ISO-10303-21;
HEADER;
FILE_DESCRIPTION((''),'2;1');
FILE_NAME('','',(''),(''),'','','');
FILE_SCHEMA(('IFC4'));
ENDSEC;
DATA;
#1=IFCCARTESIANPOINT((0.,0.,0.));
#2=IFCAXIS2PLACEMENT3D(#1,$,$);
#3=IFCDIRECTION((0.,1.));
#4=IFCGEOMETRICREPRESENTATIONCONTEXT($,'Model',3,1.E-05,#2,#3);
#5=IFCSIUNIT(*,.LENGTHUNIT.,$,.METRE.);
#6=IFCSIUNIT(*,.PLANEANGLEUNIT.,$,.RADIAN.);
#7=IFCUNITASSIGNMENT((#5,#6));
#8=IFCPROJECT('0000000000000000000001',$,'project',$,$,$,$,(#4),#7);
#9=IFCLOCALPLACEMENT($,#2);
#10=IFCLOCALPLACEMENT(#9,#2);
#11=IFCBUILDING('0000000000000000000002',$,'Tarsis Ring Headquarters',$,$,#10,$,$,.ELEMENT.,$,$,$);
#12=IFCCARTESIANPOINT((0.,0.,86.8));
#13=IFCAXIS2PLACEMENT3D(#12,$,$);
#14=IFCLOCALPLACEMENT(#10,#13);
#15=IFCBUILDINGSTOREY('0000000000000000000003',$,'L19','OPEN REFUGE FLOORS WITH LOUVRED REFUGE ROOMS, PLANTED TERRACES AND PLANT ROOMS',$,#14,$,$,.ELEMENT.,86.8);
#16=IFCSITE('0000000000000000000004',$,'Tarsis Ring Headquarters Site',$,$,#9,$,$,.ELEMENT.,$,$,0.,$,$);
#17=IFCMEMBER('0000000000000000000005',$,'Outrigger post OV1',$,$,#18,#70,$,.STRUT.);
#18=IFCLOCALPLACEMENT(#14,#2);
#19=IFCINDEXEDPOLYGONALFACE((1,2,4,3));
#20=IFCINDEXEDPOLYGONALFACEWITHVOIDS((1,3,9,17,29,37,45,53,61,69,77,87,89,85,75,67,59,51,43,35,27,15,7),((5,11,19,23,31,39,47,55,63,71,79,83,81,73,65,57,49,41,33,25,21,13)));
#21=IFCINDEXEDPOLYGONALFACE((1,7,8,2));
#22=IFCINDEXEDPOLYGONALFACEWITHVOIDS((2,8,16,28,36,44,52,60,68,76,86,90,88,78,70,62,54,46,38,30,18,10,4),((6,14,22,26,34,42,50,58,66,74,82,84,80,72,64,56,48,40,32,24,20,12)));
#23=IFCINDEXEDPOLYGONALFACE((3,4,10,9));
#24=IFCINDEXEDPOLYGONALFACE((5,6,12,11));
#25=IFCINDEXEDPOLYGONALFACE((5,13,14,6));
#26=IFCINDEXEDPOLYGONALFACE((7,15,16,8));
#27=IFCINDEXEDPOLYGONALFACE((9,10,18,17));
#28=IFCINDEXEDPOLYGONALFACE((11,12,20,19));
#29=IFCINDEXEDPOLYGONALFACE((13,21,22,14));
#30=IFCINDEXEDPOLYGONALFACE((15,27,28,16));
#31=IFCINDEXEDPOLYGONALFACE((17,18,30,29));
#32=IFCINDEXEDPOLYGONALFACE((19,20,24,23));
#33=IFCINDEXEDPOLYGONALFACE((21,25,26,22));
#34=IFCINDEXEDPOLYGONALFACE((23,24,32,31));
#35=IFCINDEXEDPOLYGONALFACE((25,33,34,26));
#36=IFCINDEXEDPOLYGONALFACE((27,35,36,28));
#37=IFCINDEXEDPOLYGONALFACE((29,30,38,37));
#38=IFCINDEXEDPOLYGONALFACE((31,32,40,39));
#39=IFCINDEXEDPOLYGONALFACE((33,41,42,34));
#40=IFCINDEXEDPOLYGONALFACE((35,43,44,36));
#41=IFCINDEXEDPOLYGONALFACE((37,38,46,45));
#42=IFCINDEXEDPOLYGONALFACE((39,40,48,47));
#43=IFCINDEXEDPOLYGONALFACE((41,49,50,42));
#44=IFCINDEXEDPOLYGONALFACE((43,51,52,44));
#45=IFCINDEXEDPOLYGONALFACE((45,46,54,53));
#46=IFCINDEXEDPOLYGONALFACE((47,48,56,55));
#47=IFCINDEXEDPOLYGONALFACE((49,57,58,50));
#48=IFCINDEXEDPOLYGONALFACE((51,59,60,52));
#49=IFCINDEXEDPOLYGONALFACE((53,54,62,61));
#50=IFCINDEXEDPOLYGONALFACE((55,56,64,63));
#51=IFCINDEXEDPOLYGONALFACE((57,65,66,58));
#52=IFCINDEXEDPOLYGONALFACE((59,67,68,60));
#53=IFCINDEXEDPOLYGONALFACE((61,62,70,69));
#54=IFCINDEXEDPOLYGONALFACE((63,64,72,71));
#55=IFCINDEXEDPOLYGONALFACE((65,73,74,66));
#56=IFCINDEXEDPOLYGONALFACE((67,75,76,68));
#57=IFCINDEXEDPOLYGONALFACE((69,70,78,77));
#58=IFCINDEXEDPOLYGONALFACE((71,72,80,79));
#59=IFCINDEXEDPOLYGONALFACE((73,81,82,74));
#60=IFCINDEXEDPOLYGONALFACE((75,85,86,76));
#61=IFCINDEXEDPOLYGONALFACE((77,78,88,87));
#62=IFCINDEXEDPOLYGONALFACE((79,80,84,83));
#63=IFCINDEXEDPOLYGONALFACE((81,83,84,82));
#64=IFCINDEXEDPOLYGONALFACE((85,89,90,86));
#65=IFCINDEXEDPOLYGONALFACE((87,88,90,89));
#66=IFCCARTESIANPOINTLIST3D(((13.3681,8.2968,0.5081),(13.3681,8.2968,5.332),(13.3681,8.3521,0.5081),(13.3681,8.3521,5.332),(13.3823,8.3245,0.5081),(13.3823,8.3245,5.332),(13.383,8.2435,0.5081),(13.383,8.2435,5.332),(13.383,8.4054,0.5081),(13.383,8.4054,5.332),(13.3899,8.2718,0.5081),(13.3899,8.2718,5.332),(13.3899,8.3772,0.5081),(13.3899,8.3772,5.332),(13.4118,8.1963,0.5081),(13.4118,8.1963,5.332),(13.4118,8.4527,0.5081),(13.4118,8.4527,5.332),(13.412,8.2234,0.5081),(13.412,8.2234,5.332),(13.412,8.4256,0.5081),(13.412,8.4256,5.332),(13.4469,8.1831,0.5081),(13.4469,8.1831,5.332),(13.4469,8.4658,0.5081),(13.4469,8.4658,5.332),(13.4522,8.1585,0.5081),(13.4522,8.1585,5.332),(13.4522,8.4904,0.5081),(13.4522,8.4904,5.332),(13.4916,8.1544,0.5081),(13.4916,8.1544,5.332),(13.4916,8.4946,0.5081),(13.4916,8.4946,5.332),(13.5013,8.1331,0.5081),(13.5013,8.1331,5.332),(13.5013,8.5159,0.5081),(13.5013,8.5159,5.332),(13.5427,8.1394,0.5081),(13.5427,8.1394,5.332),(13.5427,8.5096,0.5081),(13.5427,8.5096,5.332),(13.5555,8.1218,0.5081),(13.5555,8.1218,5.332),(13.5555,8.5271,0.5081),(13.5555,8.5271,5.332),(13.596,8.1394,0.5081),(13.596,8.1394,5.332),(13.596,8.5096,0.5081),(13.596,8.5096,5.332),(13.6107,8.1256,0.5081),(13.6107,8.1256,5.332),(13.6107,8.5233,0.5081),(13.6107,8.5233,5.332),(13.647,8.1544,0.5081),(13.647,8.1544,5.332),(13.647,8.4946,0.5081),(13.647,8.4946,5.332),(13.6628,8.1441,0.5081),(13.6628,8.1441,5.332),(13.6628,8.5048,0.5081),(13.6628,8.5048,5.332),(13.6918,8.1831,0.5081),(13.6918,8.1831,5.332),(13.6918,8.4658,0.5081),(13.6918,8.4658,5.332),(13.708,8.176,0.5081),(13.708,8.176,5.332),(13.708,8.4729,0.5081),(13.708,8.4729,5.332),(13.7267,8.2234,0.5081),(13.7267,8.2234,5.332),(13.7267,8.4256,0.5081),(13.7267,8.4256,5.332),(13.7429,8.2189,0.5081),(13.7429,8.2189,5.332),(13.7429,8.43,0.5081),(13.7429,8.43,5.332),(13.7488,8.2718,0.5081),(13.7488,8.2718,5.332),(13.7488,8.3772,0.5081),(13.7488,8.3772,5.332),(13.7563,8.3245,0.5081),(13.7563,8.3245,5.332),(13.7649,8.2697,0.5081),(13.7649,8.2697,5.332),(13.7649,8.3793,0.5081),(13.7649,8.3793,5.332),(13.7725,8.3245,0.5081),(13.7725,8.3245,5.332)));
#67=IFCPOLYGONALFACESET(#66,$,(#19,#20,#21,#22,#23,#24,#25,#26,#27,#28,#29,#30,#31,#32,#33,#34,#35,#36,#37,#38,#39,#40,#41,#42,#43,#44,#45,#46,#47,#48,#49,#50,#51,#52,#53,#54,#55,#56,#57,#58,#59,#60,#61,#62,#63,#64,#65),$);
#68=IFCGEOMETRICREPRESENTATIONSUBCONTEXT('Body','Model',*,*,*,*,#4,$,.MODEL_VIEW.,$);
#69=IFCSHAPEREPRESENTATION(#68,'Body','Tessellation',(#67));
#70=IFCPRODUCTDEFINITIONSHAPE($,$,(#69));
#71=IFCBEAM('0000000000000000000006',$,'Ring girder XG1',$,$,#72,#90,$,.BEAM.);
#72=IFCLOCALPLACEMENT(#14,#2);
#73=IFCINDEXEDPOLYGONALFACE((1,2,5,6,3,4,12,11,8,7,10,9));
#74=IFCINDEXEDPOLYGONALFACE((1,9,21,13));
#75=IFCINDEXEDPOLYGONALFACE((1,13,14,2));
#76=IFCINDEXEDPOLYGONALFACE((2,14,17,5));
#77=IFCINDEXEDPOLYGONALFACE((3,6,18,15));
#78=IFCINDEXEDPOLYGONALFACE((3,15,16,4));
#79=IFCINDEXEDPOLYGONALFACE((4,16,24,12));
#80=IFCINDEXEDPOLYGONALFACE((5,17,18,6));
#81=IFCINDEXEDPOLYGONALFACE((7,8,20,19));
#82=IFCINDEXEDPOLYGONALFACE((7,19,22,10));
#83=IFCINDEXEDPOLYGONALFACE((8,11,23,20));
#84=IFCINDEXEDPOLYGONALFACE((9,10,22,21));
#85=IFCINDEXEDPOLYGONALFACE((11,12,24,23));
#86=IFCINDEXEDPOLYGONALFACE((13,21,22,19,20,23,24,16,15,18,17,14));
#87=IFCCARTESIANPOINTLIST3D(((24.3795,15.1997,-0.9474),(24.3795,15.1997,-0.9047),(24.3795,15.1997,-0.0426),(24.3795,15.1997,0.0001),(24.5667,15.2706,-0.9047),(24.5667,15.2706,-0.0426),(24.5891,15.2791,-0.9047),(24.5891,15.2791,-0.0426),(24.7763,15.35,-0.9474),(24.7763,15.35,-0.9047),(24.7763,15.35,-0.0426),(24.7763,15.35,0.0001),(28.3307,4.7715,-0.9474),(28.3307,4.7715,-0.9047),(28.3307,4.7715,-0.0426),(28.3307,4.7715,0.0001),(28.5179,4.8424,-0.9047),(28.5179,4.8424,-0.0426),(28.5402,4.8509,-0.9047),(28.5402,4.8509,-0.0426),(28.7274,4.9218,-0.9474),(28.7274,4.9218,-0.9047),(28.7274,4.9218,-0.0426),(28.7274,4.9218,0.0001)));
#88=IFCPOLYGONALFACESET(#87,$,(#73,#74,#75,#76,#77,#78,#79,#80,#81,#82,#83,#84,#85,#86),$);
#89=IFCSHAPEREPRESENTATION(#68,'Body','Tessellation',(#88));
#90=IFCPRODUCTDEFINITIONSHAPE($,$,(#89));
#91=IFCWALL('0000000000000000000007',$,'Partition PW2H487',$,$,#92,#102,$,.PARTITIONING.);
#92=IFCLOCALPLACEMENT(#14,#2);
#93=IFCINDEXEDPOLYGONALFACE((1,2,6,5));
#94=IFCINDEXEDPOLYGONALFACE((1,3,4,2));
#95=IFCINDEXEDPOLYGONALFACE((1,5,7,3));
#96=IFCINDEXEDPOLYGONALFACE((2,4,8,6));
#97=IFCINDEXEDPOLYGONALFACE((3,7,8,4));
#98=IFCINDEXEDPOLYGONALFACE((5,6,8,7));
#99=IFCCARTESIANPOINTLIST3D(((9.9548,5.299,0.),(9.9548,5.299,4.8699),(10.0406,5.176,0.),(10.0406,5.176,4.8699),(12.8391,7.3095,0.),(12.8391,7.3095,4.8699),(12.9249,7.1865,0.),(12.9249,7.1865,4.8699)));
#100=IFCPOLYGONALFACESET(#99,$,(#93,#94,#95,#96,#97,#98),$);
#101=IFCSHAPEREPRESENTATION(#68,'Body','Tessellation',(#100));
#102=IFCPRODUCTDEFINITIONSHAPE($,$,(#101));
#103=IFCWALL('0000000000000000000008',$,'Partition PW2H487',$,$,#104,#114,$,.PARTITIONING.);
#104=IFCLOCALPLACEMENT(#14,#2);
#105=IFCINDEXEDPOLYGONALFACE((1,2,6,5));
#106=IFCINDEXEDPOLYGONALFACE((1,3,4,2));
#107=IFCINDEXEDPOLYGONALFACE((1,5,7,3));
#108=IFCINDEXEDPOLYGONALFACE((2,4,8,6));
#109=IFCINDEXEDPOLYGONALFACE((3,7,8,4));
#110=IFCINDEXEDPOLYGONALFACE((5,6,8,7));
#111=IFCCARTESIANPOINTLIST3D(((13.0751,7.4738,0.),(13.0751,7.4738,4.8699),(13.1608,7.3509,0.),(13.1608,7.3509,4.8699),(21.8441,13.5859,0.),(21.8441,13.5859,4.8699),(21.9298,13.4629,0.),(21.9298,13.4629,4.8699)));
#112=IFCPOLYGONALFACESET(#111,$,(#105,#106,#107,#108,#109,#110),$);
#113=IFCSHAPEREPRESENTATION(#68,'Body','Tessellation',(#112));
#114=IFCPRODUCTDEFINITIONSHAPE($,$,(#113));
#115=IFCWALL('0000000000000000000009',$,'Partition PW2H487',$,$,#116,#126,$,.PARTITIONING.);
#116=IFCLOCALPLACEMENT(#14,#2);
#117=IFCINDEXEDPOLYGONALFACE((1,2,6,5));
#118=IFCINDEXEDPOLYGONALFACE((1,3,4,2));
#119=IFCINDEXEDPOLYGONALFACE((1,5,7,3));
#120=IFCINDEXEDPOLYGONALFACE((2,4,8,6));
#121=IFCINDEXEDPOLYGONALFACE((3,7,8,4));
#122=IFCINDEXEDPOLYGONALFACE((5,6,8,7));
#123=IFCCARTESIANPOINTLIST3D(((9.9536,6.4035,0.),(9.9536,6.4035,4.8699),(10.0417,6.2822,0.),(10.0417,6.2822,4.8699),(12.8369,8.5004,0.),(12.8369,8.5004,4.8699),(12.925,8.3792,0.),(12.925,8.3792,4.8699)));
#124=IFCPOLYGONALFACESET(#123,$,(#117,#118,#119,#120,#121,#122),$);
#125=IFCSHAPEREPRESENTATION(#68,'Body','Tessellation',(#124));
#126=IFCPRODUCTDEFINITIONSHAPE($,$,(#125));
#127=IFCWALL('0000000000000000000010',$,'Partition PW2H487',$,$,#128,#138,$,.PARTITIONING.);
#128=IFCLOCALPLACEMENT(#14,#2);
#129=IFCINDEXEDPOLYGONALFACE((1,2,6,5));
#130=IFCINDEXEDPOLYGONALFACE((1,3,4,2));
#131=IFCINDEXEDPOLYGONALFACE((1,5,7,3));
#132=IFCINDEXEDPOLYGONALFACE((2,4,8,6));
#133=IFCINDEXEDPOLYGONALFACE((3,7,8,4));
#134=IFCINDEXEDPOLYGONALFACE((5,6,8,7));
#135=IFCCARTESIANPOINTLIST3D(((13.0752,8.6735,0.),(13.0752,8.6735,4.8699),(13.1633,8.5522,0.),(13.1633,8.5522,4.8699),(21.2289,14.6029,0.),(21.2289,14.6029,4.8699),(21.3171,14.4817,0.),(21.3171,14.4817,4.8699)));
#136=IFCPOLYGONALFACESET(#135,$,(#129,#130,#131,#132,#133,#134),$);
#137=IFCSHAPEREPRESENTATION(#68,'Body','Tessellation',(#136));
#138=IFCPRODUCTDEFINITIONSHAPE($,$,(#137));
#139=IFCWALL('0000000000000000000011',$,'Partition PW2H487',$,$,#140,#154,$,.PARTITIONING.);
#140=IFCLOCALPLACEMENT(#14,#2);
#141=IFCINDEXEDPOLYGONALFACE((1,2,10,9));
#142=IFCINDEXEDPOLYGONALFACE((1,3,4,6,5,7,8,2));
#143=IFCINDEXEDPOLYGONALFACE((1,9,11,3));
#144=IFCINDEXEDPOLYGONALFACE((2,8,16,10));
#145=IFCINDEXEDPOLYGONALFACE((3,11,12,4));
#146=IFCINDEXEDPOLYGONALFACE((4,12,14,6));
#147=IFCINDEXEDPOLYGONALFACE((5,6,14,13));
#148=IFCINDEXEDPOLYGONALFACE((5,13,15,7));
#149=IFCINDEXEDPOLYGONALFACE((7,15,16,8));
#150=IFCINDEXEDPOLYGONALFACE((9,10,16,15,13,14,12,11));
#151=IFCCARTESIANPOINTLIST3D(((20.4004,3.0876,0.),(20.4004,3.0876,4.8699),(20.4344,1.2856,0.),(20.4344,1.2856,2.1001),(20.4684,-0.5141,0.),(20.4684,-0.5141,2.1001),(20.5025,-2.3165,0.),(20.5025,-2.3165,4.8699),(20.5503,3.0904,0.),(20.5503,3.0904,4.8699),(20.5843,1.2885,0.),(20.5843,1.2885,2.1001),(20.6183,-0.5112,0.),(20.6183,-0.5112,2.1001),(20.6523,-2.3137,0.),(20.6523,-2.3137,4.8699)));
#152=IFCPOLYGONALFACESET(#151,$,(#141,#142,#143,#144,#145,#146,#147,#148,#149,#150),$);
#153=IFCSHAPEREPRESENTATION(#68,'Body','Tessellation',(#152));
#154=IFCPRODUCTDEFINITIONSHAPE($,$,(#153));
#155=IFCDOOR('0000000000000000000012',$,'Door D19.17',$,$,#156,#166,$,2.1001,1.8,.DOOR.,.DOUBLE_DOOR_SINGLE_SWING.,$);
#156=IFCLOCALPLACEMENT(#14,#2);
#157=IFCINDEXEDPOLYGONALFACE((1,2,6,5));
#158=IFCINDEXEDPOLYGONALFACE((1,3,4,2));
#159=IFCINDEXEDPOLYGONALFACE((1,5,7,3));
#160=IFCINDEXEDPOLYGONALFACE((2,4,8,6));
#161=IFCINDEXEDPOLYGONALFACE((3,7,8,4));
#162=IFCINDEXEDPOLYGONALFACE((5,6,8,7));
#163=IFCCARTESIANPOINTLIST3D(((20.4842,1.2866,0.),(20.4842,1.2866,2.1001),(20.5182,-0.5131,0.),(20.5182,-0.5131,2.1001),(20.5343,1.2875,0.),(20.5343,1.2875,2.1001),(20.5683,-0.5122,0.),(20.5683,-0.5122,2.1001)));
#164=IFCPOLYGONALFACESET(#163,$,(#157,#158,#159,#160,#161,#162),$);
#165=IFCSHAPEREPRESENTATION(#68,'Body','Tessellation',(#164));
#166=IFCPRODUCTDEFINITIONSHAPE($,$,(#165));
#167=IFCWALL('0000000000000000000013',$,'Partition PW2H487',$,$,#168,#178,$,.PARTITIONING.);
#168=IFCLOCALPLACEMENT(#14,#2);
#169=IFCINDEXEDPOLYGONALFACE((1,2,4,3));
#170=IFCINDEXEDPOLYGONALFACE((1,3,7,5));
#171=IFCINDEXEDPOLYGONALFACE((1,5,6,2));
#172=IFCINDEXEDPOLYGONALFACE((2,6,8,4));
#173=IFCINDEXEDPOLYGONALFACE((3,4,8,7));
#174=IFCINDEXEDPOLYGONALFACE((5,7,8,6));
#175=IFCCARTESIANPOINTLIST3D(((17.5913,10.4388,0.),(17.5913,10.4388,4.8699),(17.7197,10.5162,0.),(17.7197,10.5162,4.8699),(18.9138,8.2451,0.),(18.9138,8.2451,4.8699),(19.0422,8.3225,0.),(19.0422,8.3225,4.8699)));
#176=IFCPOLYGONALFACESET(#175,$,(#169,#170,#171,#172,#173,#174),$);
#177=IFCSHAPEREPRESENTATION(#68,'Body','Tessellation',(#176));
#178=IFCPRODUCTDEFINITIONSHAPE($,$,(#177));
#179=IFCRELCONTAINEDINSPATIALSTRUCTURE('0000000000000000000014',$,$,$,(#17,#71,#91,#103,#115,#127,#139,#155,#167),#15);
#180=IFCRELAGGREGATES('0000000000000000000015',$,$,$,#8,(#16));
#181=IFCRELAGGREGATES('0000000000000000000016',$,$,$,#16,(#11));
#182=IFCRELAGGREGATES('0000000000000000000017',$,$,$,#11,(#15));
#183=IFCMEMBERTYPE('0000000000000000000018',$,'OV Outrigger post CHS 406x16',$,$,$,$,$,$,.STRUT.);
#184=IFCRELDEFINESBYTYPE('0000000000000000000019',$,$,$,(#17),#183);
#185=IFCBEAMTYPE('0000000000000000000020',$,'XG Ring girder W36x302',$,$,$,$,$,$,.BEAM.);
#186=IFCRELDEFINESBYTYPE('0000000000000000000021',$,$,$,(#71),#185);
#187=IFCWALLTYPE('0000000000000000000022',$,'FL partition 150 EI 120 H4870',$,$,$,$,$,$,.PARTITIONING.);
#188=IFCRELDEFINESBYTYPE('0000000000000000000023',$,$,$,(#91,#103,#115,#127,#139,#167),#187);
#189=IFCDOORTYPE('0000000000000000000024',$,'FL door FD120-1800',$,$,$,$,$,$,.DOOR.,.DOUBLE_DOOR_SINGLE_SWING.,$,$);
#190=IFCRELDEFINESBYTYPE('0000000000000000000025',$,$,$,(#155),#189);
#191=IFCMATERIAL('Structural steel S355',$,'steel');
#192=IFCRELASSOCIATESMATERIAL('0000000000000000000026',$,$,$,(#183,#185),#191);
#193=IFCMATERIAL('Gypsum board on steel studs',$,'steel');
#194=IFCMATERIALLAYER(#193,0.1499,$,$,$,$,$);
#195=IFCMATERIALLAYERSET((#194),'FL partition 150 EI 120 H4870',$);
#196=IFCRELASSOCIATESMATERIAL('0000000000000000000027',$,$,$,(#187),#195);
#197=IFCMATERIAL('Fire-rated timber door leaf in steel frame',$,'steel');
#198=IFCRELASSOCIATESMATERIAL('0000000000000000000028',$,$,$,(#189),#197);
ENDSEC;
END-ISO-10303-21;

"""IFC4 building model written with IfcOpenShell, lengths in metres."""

from ifc_helpers import new_model, si_unit, direction, frame, frame_2d, origin, origin_2d, place, context, subcontext, project, spatial, rectangle, hollow_circle, i_section, extrude, material, layer, layer_set, material_profile, profile_set, type_object, element, fill, save


model = new_model("IFC4")

# Units and contexts
model_context = context("Model", 3, precision=1e-05, world=origin(), true_north=direction((0.0, 1.0)))
body_context = subcontext(model_context, "Body", "Model", "MODEL_VIEW")
ifc_project = project(units=[si_unit("LENGTHUNIT", "METRE"), si_unit("PLANEANGLEUNIT", "RADIAN")], contexts=[model_context])

# Site, building, storey
site_placement = place(None, origin())
site = spatial("IfcSite", under=ifc_project, at=site_placement, Name="Tarsis Ring Headquarters Site", CompositionType="ELEMENT", RefElevation=0.0)
building_placement = place(site_placement, origin())
building = spatial("IfcBuilding", under=site, at=building_placement, Name="Tarsis Ring Headquarters", CompositionType="ELEMENT")
storey_placement = place(building_placement, frame((0.0, 0.0, 86.8)))
storey = spatial("IfcBuildingStorey", under=building, at=storey_placement, Name="L19", Description="OPEN REFUGE FLOORS WITH LOUVRED REFUGE ROOMS, PLANTED TERRACES AND PLANT ROOMS", CompositionType="ELEMENT", Elevation=86.8)

# Shared definitions
ifc_material_1 = material(Name="Structural steel S355", Category="steel")

# Member
ifc_material_profile_1 = material_profile(ifc_material_1, hollow_circle(Radius=0.2031, WallThickness=0.0161, at=origin_2d()), Name="CHS 406x16")
ifc_profile_set_1 = profile_set([ifc_material_profile_1], Name="Structural steel S355")
member_type_1 = type_object("IfcMemberType", Name="OV Outrigger post CHS 406x16", PredefinedType="STRUT", material=ifc_profile_set_1)
member_1_placement = place(storey_placement, frame((13.5693, 8.3245, 0.5081), z_axis=(0.0, 0.0, 1.0), x_axis=(1.0, 0.0, 0.0)))
element("IfcMember", 1, at=member_1_placement, inside=storey, type_object=member_type_1, Name="Outrigger post OV1", PredefinedType="STRUT", context=body_context, shape_type="SweptSolid", body=[
    extrude(hollow_circle(Radius=0.2031, WallThickness=0.0161, at=origin_2d()), origin(), (0.0, 0.0, 1.0), 4.824),
])

# Beam
ifc_material_profile_2 = material_profile(ifc_material_1, i_section(OverallWidth=0.4243, OverallDepth=0.9475, WebThickness=0.0239, FlangeThickness=0.0427, at=origin_2d()), Name="W36x302")
ifc_profile_set_2 = profile_set([ifc_material_profile_2], Name="Structural steel S355")
beam_type_1 = type_object("IfcBeamType", Name="XG Ring girder W36x302", PredefinedType="BEAM", material=ifc_profile_set_2)
beam_1_placement = place(storey_placement, frame((28.5291, 4.8467, -0.4736), z_axis=(-0.354312, 0.935127, 0.0), x_axis=(-0.935127, -0.354312, 0.0)))
element("IfcBeam", 2, at=beam_1_placement, inside=storey, type_object=beam_type_1, Name="Ring girder XG1", PredefinedType="BEAM", context=body_context, shape_type="SweptSolid", body=[
    extrude(i_section(OverallWidth=0.4243, OverallDepth=0.9475, WebThickness=0.0239, FlangeThickness=0.0427, at=origin_2d()), origin(), (0.0, 0.0, 1.0), 11.1516),
])

# Walls
ifc_material_2 = material(Name="Gypsum board on steel studs", Category="steel")
ifc_layer_1 = layer(ifc_material_2, 0.1499)
ifc_layer_set_1 = layer_set([ifc_layer_1], Name="FL partition 150 EI 120 H4870")
wall_type_1 = type_object("IfcWallType", Name="FL partition 150 EI 120 H4870", PredefinedType="PARTITIONING", material=ifc_layer_set_1)
wall_1_placement = place(storey_placement, frame((9.9978, 5.2375, 0.0), z_axis=(0.0, 0.0, 1.0), x_axis=(0.820366, 0.571839, 0.0)))
element("IfcWall", 3, at=wall_1_placement, inside=storey, type_object=wall_type_1, Name="Partition PW2H487", PredefinedType="PARTITIONING", context=body_context, shape_type="SweptSolid", body=[
    extrude(rectangle(XDim=3.5159, YDim=0.1499, at=frame_2d((1.7578, 0.0))), origin(), (0.0, 0.0, 1.0), 4.8699),
])
wall_2_placement = place(storey_placement, frame((13.1179, 7.4124, 0.0), z_axis=(0.0, 0.0, 1.0), x_axis=(0.820385, 0.571812, 0.0)))
element("IfcWall", 4, at=wall_2_placement, inside=storey, type_object=wall_type_1, Name="Partition PW2H487", PredefinedType="PARTITIONING", context=body_context, shape_type="SweptSolid", body=[
    extrude(rectangle(XDim=10.689, YDim=0.1499, at=frame_2d((5.3445, 0.0))), origin(), (0.0, 0.0, 1.0), 4.8699),
])
wall_3_placement = place(storey_placement, frame((9.9976, 6.3428, 0.0), z_axis=(0.0, 0.0, 1.0), x_axis=(0.808739, 0.588168, 0.0)))
element("IfcWall", 5, at=wall_3_placement, inside=storey, type_object=wall_type_1, Name="Partition PW2H487", PredefinedType="PARTITIONING", context=body_context, shape_type="SweptSolid", body=[
    extrude(rectangle(XDim=3.5652, YDim=0.1499, at=frame_2d((1.7827, 0.0))), origin(), (0.0, 0.0, 1.0), 4.8699),
])
wall_4_placement = place(storey_placement, frame((13.1191, 8.6128, 0.0), z_axis=(0.0, 0.0, 1.0), x_axis=(0.808764, 0.588133, 0.0)))
element("IfcWall", 6, at=wall_4_placement, inside=storey, type_object=wall_type_1, Name="Partition PW2H487", PredefinedType="PARTITIONING", context=body_context, shape_type="SweptSolid", body=[
    extrude(rectangle(XDim=10.0818, YDim=0.1499, at=frame_2d((5.041, 0.0))), origin(), (0.0, 0.0, 1.0), 4.8699),
])

# Wall, opening, door
wall_5_placement = place(storey_placement, frame((20.4753, 3.0891, 0.0), z_axis=(0.0, 0.0, 1.0), x_axis=(0.018881, -0.999822, 0.0)))
wall_5 = element("IfcWall", 7, at=wall_5_placement, inside=storey, type_object=wall_type_1, Name="Partition PW2H487", PredefinedType="PARTITIONING", context=body_context, shape_type="SweptSolid", body=[
    extrude(rectangle(XDim=5.405, YDim=0.1499, at=frame_2d((2.7026, 0.0))), origin(), (0.0, 0.0, 1.0), 4.8699),
])
opening_placement = place(wall_5_placement, frame((1.8025, 0.0, 0.0)))
opening = element("IfcOpeningElement", 8, at=opening_placement, cuts=wall_5, PredefinedType="OPENING", context=body_context, shape_type="SweptSolid", body=[
    extrude(rectangle(XDim=1.8, YDim=2.1001, at=frame_2d((0.8999, 1.05))), frame((0.0, 0.085, 0.0), z_axis=(0.0, -1.0, 0.0), x_axis=(1.0, 0.0, 0.0)), (0.0, 0.0, 1.0), 0.1699),
])
ifc_material_3 = material(Name="Fire-rated timber door leaf in steel frame", Category="steel")
door_type = type_object("IfcDoorType", Name="FL door FD120-1800", OperationType="DOUBLE_DOOR_SINGLE_SWING", PredefinedType="DOOR", material=ifc_material_3)
door_placement = place(opening_placement, origin())
door = element("IfcDoor", 9, at=door_placement, inside=storey, type_object=door_type, Name="Door D19.17", OperationType="DOUBLE_DOOR_SINGLE_SWING", OverallHeight=2.1001, OverallWidth=1.8, PredefinedType="DOOR", context=body_context, shape_type="SweptSolid", body=[
    extrude(rectangle(XDim=1.8, YDim=2.1001, at=frame_2d((0.8999, 1.05))), frame((0.0, 0.0249, 0.0), z_axis=(0.0, -1.0, 0.0), x_axis=(1.0, 0.0, 0.0)), (0.0, 0.0, 1.0), 0.05),
])
fill(opening, door)

# Wall
wall_6_placement = place(storey_placement, frame((17.6555, 10.4775, 0.0), z_axis=(0.0, 0.0, 1.0), x_axis=(0.516275, -0.856423, 0.0)))
element("IfcWall", 10, at=wall_6_placement, inside=storey, type_object=wall_type_1, Name="Partition PW2H487", PredefinedType="PARTITIONING", context=body_context, shape_type="SweptSolid", body=[
    extrude(rectangle(XDim=2.5615, YDim=0.1499, at=frame_2d((1.2808, 0.0))), origin(), (0.0, 0.0, 1.0), 4.8699),
])

save(model, "model.ifc")
